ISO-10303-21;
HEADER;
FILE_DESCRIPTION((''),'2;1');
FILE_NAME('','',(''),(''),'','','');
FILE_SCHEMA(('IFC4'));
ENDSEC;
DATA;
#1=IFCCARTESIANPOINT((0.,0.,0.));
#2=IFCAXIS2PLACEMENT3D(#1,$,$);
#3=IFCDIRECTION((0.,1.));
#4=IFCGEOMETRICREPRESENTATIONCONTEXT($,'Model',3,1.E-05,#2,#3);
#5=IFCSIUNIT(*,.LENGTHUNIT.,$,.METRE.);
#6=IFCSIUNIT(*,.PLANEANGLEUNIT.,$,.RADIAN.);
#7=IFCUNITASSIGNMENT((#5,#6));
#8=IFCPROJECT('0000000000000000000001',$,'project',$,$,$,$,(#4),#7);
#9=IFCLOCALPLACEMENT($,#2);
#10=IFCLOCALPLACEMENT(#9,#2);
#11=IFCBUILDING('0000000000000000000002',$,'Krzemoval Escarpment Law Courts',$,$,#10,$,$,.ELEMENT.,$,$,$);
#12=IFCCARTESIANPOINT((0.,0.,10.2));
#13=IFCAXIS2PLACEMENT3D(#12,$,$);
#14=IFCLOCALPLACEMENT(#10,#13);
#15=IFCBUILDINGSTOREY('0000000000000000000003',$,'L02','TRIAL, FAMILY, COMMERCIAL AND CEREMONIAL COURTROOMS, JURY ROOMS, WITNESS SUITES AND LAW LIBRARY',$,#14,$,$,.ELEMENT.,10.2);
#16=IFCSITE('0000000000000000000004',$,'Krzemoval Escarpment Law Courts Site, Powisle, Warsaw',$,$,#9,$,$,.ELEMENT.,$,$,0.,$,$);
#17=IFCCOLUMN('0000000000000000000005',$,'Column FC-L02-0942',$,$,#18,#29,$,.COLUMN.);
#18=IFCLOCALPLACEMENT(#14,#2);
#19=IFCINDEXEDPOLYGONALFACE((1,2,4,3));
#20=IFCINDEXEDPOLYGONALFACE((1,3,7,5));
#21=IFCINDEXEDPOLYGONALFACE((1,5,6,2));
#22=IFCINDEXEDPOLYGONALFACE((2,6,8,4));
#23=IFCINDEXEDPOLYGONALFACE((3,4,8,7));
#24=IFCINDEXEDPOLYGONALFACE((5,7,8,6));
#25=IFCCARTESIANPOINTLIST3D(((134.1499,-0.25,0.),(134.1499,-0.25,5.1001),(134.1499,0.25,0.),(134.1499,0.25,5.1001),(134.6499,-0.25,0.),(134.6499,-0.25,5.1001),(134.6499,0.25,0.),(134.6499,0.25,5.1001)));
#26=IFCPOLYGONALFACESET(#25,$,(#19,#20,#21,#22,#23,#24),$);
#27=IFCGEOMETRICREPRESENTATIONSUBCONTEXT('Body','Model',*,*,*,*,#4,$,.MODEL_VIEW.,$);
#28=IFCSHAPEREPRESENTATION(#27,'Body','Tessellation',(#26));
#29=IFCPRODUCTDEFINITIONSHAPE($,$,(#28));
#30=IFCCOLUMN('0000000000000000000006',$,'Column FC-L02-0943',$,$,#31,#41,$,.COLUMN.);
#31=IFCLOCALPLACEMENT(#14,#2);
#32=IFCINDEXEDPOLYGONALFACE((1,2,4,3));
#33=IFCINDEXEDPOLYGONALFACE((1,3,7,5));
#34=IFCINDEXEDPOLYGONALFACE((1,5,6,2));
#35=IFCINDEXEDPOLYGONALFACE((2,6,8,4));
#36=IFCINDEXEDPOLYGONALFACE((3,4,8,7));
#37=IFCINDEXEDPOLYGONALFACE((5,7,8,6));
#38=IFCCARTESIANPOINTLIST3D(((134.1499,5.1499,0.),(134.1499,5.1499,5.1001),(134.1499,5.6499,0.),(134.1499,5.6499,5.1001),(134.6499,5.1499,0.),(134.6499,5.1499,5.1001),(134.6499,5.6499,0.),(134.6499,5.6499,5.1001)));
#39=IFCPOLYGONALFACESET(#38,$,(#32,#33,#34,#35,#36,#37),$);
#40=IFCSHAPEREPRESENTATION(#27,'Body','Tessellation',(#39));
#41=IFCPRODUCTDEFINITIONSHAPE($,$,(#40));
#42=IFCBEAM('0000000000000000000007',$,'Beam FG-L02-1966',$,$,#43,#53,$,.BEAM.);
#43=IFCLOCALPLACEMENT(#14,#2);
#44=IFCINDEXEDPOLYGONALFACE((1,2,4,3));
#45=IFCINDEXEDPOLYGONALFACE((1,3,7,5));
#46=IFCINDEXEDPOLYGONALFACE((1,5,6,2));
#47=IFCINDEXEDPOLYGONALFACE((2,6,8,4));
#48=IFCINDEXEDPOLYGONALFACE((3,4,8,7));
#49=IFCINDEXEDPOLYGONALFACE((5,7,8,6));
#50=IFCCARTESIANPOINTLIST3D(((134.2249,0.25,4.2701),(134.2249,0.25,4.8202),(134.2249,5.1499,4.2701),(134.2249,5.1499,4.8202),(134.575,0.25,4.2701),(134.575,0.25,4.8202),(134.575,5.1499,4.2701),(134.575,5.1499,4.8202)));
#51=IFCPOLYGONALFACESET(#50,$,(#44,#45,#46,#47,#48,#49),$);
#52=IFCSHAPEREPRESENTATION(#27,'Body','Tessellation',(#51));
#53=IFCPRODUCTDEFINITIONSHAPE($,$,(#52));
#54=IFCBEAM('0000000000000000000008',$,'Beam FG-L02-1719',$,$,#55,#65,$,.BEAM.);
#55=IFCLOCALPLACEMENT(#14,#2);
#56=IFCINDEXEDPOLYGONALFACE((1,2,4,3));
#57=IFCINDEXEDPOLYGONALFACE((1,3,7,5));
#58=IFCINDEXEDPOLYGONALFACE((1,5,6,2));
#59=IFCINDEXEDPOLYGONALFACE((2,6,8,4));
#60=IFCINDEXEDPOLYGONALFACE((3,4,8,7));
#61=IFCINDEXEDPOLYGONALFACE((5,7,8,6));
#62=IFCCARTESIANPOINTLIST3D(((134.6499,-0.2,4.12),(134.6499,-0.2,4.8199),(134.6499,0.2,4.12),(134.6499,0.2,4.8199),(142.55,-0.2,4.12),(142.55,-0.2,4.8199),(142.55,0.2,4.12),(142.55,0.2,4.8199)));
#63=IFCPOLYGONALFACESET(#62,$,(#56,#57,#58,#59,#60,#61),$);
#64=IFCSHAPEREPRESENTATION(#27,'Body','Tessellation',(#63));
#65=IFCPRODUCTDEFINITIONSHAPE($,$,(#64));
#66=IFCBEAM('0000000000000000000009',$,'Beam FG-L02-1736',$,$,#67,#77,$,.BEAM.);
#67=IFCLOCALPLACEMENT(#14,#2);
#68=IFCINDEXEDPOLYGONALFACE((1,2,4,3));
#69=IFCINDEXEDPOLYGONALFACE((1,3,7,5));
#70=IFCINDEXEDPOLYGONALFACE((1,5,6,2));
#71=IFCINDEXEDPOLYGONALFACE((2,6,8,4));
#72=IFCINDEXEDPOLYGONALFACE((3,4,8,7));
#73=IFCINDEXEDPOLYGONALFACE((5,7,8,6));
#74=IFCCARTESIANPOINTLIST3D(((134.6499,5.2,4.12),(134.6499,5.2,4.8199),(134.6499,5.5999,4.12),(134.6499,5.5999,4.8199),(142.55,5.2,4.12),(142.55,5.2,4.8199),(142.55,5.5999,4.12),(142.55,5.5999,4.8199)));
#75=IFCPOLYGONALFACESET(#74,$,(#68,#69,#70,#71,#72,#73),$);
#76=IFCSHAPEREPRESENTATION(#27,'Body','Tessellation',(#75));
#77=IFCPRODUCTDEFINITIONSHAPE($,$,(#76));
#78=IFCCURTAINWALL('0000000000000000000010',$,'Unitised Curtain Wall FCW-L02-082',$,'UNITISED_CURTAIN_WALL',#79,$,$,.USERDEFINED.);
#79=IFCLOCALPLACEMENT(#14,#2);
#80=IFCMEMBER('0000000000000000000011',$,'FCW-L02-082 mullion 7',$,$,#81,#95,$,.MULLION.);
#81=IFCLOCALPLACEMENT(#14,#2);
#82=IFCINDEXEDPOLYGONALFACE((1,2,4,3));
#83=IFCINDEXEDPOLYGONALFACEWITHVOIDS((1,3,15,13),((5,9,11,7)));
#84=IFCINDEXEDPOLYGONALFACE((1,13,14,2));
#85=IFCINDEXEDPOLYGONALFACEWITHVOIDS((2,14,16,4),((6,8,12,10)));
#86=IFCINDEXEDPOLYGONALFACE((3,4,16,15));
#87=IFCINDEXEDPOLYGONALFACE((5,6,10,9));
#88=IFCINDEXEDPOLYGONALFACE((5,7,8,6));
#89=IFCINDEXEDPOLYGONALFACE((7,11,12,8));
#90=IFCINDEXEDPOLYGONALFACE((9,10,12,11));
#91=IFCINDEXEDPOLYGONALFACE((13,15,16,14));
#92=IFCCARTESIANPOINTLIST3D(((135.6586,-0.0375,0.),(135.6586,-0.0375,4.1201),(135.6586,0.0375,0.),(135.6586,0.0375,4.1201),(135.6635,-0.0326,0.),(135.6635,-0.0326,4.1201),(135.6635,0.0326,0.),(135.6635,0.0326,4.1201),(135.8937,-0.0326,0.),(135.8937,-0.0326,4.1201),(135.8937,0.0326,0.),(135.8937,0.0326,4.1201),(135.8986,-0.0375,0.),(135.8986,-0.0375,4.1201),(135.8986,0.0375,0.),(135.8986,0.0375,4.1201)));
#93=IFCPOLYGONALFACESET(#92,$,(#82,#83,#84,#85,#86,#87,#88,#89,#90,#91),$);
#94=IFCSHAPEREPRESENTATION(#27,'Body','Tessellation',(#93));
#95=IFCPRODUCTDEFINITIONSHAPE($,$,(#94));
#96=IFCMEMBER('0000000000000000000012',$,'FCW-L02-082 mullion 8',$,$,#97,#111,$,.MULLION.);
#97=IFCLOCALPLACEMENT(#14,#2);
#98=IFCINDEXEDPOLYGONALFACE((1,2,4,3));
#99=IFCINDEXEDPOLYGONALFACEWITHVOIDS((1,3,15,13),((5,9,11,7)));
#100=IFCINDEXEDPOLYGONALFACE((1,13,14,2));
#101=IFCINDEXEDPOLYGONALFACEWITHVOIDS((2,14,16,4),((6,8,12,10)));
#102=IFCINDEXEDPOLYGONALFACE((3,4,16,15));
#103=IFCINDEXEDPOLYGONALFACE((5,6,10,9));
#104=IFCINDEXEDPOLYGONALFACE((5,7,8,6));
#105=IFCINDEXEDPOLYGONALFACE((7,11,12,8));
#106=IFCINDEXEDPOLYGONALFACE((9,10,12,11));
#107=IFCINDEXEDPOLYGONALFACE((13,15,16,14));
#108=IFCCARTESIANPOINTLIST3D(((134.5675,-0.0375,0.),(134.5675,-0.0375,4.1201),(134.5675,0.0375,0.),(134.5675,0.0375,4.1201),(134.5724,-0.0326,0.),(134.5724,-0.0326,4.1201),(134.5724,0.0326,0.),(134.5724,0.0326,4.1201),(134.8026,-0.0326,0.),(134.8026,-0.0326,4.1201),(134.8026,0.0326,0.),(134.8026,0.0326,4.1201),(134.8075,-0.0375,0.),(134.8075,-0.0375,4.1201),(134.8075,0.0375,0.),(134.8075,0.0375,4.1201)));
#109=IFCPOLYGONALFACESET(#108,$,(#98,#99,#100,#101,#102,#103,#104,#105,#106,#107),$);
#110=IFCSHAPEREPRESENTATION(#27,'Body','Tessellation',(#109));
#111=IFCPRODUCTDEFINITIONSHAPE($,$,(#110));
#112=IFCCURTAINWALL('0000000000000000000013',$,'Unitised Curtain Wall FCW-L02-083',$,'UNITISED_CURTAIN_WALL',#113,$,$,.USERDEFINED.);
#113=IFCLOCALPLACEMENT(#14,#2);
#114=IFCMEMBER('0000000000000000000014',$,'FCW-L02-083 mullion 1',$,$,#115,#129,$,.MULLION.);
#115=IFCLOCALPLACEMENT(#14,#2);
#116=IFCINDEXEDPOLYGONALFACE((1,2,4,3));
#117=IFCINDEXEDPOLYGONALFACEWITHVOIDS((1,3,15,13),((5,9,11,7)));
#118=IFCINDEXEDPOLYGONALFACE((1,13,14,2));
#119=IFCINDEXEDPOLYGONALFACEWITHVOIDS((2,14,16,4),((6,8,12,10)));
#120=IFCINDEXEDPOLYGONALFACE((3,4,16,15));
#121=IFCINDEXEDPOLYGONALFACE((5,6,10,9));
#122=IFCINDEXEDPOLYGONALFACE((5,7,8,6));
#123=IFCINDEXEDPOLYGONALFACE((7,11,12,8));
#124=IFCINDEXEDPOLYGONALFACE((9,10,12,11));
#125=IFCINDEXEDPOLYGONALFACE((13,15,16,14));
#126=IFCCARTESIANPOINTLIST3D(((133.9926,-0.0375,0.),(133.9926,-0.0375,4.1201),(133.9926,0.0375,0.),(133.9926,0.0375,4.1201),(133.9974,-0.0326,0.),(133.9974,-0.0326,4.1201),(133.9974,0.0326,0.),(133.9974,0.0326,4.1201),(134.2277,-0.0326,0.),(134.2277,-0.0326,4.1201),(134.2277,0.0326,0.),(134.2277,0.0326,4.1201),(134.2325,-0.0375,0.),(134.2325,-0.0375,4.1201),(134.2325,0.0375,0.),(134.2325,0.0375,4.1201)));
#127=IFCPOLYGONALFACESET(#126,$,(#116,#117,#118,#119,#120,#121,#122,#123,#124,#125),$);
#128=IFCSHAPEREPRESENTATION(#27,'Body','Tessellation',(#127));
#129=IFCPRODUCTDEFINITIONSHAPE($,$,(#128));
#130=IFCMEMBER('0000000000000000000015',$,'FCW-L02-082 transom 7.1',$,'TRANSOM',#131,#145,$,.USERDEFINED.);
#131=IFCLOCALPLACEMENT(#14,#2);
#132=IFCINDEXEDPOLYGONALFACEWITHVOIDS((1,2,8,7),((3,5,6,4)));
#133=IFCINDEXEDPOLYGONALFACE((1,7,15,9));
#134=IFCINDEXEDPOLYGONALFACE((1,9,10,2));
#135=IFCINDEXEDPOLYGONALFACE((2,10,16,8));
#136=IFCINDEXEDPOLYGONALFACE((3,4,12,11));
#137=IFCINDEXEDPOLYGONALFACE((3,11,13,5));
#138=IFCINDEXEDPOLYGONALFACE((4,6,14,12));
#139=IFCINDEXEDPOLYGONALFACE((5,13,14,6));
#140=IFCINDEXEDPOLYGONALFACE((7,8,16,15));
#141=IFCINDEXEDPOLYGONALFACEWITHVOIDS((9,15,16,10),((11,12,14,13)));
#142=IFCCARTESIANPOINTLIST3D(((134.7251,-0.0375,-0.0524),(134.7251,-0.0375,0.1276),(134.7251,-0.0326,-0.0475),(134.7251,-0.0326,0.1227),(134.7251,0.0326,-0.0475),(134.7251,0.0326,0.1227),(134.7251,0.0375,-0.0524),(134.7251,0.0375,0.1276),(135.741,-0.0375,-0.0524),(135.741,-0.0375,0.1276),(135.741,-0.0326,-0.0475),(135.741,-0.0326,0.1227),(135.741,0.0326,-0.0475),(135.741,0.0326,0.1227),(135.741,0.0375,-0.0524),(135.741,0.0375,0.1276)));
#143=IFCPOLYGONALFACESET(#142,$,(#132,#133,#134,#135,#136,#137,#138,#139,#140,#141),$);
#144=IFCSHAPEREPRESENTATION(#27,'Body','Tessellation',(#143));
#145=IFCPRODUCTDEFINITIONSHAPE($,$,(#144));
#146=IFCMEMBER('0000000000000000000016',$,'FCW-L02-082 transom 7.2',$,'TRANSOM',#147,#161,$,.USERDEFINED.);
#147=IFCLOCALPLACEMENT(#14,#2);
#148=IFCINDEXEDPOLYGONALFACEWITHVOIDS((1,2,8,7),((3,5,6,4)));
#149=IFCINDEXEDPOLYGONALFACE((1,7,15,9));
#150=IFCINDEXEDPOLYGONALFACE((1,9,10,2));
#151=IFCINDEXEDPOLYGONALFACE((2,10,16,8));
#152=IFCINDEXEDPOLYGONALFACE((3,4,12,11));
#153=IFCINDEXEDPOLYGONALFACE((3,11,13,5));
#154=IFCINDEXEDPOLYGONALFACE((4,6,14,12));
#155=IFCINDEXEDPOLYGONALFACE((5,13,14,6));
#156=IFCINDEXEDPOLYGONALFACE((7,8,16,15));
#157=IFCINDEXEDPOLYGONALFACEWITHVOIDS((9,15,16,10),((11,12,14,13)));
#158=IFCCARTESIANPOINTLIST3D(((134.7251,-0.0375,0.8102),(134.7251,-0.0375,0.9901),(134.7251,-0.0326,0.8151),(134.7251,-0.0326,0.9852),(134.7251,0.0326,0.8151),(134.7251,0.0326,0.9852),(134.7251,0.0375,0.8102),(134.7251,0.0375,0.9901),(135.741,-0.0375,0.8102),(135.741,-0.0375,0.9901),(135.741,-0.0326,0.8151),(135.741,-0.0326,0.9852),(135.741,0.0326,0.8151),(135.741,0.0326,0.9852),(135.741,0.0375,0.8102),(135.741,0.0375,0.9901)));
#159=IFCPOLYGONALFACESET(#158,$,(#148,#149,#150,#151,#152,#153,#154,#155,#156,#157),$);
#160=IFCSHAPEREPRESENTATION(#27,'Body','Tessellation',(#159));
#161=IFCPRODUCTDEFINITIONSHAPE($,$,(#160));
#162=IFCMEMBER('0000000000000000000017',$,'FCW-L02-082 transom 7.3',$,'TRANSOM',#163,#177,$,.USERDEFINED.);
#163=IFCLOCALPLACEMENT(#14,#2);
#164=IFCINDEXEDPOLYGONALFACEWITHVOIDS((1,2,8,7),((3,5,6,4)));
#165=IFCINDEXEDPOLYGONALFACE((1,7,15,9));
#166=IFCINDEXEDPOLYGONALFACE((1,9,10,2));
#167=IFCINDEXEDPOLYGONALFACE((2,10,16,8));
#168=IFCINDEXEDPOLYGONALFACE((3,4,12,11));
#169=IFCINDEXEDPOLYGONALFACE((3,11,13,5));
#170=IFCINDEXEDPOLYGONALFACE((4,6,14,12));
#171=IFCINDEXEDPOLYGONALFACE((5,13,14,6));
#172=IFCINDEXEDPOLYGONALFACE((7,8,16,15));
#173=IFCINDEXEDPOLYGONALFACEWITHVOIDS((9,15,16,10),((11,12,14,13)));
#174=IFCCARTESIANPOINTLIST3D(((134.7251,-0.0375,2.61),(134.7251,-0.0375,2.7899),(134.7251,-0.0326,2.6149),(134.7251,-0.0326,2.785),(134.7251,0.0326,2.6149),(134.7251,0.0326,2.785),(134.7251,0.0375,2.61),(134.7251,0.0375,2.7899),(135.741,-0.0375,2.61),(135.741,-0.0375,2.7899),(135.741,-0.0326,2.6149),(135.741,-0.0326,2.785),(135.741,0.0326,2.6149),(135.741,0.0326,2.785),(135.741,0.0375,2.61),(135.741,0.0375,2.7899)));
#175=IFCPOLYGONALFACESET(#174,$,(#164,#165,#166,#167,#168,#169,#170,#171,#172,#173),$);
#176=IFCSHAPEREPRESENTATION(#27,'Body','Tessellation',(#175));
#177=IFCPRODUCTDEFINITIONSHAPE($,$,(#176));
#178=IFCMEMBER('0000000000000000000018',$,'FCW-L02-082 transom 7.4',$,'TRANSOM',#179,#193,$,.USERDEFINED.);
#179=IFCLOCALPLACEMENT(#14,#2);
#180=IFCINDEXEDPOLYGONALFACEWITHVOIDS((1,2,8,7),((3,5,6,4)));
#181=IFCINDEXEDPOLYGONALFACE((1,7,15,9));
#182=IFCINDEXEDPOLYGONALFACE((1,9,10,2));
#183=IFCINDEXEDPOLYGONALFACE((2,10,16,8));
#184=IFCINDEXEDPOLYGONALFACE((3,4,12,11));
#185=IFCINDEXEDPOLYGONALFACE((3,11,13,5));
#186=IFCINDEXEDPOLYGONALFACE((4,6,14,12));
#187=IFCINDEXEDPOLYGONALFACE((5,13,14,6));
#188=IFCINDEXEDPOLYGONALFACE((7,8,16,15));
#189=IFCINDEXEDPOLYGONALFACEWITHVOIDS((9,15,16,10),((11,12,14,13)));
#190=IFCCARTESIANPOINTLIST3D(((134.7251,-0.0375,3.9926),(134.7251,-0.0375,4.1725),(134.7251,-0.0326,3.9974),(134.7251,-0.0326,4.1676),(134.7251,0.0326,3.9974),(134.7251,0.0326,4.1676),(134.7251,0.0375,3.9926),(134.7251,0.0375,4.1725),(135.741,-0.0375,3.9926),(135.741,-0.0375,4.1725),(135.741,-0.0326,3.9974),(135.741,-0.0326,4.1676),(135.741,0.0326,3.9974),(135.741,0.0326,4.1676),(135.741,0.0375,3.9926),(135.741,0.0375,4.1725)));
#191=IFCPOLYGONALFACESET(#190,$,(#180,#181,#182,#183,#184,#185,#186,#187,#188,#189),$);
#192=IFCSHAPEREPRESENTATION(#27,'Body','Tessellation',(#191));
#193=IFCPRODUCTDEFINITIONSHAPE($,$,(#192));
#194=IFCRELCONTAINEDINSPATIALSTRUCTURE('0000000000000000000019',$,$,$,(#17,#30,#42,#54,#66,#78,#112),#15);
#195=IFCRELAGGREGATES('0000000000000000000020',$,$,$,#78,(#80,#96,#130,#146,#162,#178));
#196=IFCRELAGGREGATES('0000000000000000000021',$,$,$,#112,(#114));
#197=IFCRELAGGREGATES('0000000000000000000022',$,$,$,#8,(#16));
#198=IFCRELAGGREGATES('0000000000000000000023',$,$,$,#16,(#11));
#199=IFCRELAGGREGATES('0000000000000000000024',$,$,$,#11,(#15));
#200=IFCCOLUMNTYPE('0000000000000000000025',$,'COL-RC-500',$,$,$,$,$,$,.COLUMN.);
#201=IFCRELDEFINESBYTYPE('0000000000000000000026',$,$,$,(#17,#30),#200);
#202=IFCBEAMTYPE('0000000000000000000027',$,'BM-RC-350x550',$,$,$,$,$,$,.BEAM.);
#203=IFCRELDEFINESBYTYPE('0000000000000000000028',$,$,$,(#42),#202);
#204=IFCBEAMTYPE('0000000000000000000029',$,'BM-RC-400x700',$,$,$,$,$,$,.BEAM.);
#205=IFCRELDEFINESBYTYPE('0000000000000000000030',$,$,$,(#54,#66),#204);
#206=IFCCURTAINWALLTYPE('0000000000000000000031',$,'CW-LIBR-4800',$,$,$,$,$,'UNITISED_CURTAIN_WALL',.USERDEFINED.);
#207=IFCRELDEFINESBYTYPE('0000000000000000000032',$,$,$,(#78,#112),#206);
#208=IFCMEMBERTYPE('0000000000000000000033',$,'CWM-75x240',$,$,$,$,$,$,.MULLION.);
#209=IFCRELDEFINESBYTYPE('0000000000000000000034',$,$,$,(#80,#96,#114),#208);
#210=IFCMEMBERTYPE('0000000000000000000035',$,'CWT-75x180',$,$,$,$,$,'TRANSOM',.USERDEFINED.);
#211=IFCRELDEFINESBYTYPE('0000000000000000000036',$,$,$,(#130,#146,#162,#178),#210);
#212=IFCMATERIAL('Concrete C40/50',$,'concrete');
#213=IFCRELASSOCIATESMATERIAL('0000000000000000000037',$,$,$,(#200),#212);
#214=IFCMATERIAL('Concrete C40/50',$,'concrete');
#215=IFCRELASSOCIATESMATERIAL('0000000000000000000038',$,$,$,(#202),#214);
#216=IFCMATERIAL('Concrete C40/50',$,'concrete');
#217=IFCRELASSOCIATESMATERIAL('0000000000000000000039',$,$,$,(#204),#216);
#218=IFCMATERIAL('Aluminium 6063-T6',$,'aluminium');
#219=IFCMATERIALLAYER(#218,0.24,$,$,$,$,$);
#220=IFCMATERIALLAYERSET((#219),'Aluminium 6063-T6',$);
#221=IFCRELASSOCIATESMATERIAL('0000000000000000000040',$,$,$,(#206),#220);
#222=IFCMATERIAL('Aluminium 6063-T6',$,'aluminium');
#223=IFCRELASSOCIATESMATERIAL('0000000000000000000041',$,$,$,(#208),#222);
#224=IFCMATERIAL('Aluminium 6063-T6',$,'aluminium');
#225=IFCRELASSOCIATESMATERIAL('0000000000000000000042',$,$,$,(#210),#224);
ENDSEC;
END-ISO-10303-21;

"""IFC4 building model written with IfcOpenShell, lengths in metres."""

from ifc_helpers import new_model, si_unit, direction, frame, origin, origin_2d, place, context, subcontext, project, spatial, rectangle, hollow_rectangle, extrude, material, layer, layer_set, material_profile, profile_set, type_object, element, aggregate, save


model = new_model("IFC4")

# Units and contexts
model_context = context("Model", 3, precision=1e-05, world=origin(), true_north=direction((0.0, 1.0)))
body_context = subcontext(model_context, "Body", "Model", "MODEL_VIEW")
ifc_project = project(units=[si_unit("LENGTHUNIT", "METRE"), si_unit("PLANEANGLEUNIT", "RADIAN")], contexts=[model_context])

# Site, building, storey
site_placement = place(None, origin())
site = spatial("IfcSite", under=ifc_project, at=site_placement, Name="Krzemoval Escarpment Law Courts Site, Powisle, Warsaw", CompositionType="ELEMENT", RefElevation=0.0)
building_placement = place(site_placement, origin())
building = spatial("IfcBuilding", under=site, at=building_placement, Name="Krzemoval Escarpment Law Courts", CompositionType="ELEMENT")
storey_placement = place(building_placement, frame((0.0, 0.0, 10.2)))
storey = spatial("IfcBuildingStorey", under=building, at=storey_placement, Name="L02", Description="TRIAL, FAMILY, COMMERCIAL AND CEREMONIAL COURTROOMS, JURY ROOMS, WITNESS SUITES AND LAW LIBRARY", CompositionType="ELEMENT", Elevation=10.2)

# Columns
ifc_material_1 = material(Name="Concrete C40/50", Category="concrete")
ifc_material_profile_1 = material_profile(ifc_material_1, rectangle(XDim=0.5, YDim=0.5, at=origin_2d()), Name="RC 500x500")
ifc_profile_set_1 = profile_set([ifc_material_profile_1], Name="Concrete C40/50")
column_type = type_object("IfcColumnType", Name="COL-RC-500", PredefinedType="COLUMN", material=ifc_profile_set_1)
for number, where, z_axis, x_axis, name in (
    (1, (134.3999, 0.0, 0.0), (0.0, 0.0, 1.0), (1.0, 0.0, 0.0), "Column FC-L02-0942"),
    (2, (134.3999, 5.3999, 0.0), (0.0, 0.0, 1.0), (1.0, 0.0, 0.0), "Column FC-L02-0943"),
):
    element("IfcColumn", number, at=place(storey_placement, frame(where, z_axis=z_axis, x_axis=x_axis)), inside=storey, type_object=column_type, Name=name, PredefinedType="COLUMN", context=body_context, shape_type="SweptSolid", body=[
        extrude(rectangle(XDim=0.5, YDim=0.5, at=origin_2d()), origin(), (0.0, 0.0, 1.0), 5.1001),
    ])

# Beams
ifc_material_2 = material(Name="Concrete C40/50", Category="concrete")
ifc_material_profile_2 = material_profile(ifc_material_2, rectangle(XDim=0.3501, YDim=0.55, at=origin_2d()), Name="RCB 350x550")
ifc_profile_set_2 = profile_set([ifc_material_profile_2], Name="Concrete C40/50")
beam_type_1 = type_object("IfcBeamType", Name="BM-RC-350x550", PredefinedType="BEAM", material=ifc_profile_set_2)
beam_placement = place(storey_placement, frame((134.3999, 0.25, 4.5452), z_axis=(0.0, 1.0, 0.0), x_axis=(-1.0, 0.0, 0.0)))
element("IfcBeam", 3, at=beam_placement, inside=storey, type_object=beam_type_1, Name="Beam FG-L02-1966", PredefinedType="BEAM", context=body_context, shape_type="SweptSolid", body=[
    extrude(rectangle(XDim=0.3501, YDim=0.55, at=origin_2d()), origin(), (0.0, 0.0, 1.0), 4.8999),
])
ifc_material_3 = material(Name="Concrete C40/50", Category="concrete")
ifc_material_profile_3 = material_profile(ifc_material_3, rectangle(XDim=0.3999, YDim=0.7, at=origin_2d()), Name="RCB 400x700")
ifc_profile_set_3 = profile_set([ifc_material_profile_3], Name="Concrete C40/50")
beam_type_2 = type_object("IfcBeamType", Name="BM-RC-400x700", PredefinedType="BEAM", material=ifc_profile_set_3)
for number, where, z_axis, x_axis, name in (
    (4, (134.6499, 0.0, 4.47), (1.0, 0.0, 0.0), (0.0, 1.0, 0.0), "Beam FG-L02-1719"),
    (5, (134.6499, 5.3999, 4.47), (1.0, 0.0, 0.0), (0.0, 1.0, 0.0), "Beam FG-L02-1736"),
):
    element("IfcBeam", number, at=place(storey_placement, frame(where, z_axis=z_axis, x_axis=x_axis)), inside=storey, type_object=beam_type_2, Name=name, PredefinedType="BEAM", context=body_context, shape_type="SweptSolid", body=[
        extrude(rectangle(XDim=0.3999, YDim=0.7, at=origin_2d()), origin(), (0.0, 0.0, 1.0), 7.9001),
    ])

# Curtain wall, members
ifc_material_4 = material(Name="Aluminium 6063-T6", Category="aluminium")
ifc_layer_1 = layer(ifc_material_4, 0.24)
ifc_layer_set_1 = layer_set([ifc_layer_1], Name="Aluminium 6063-T6")
curtain_wall_type = type_object("IfcCurtainWallType", Name="CW-LIBR-4800", ElementType="UNITISED_CURTAIN_WALL", PredefinedType="USERDEFINED", material=ifc_layer_set_1)
curtain_wall_1_placement = place(storey_placement, origin())
curtain_wall_1 = element("IfcCurtainWall", 6, at=curtain_wall_1_placement, inside=storey, type_object=curtain_wall_type, Name="Unitised Curtain Wall FCW-L02-082", ObjectType="UNITISED_CURTAIN_WALL", PredefinedType="USERDEFINED")
ifc_material_5 = material(Name="Aluminium 6063-T6", Category="aluminium")
ifc_material_profile_4 = material_profile(ifc_material_5, hollow_rectangle(XDim=0.075, YDim=0.24, WallThickness=0.0049, at=origin_2d()), Name="ALU M75x240")
ifc_profile_set_4 = profile_set([ifc_material_profile_4], Name="Aluminium 6063-T6")
member_type_1 = type_object("IfcMemberType", Name="CWM-75x240", PredefinedType="MULLION", material=ifc_profile_set_4)
member_1_placement = place(storey_placement, frame((135.7786, 0.0, 0.0), z_axis=(0.0, 0.0, 1.0), x_axis=(0.0, -1.0, 0.0)))
member_1 = element("IfcMember", 7, at=member_1_placement, type_object=member_type_1, Name="FCW-L02-082 mullion 7", PredefinedType="MULLION", context=body_context, shape_type="SweptSolid", body=[
    extrude(hollow_rectangle(XDim=0.075, YDim=0.24, WallThickness=0.0049, at=origin_2d()), origin(), (0.0, 0.0, 1.0), 4.1201),
])
member_2_placement = place(storey_placement, frame((134.6875, 0.0, 0.0), z_axis=(0.0, 0.0, 1.0), x_axis=(0.0, -1.0, 0.0)))
member_2 = element("IfcMember", 8, at=member_2_placement, type_object=member_type_1, Name="FCW-L02-082 mullion 8", PredefinedType="MULLION", context=body_context, shape_type="SweptSolid", body=[
    extrude(hollow_rectangle(XDim=0.075, YDim=0.24, WallThickness=0.0049, at=origin_2d()), origin(), (0.0, 0.0, 1.0), 4.1201),
])

# Curtain wall, member
curtain_wall_2_placement = place(storey_placement, origin())
curtain_wall_2 = element("IfcCurtainWall", 9, at=curtain_wall_2_placement, inside=storey, type_object=curtain_wall_type, Name="Unitised Curtain Wall FCW-L02-083", ObjectType="UNITISED_CURTAIN_WALL", PredefinedType="USERDEFINED")
member_3_placement = place(storey_placement, frame((134.1125, 0.0, 0.0), z_axis=(0.0, 0.0, 1.0), x_axis=(0.0, -1.0, 0.0)))
member_3 = element("IfcMember", 10, at=member_3_placement, type_object=member_type_1, Name="FCW-L02-083 mullion 1", PredefinedType="MULLION", context=body_context, shape_type="SweptSolid", body=[
    extrude(hollow_rectangle(XDim=0.075, YDim=0.24, WallThickness=0.0049, at=origin_2d()), origin(), (0.0, 0.0, 1.0), 4.1201),
])

# Members
ifc_material_6 = material(Name="Aluminium 6063-T6", Category="aluminium")
ifc_material_profile_5 = material_profile(ifc_material_6, hollow_rectangle(XDim=0.075, YDim=0.1799, WallThickness=0.0049, at=origin_2d()), Name="ALU T75x180")
ifc_profile_set_5 = profile_set([ifc_material_profile_5], Name="Aluminium 6063-T6")
member_type_2 = type_object("IfcMemberType", Name="CWT-75x180", ElementType="TRANSOM", PredefinedType="USERDEFINED", material=ifc_profile_set_5)
member_4_placement = place(storey_placement, frame((135.741, 0.0, 0.0376), z_axis=(-1.0, 0.0, 0.0), x_axis=(0.0, -1.0, 0.0)))
member_4 = element("IfcMember", 11, at=member_4_placement, type_object=member_type_2, Name="FCW-L02-082 transom 7.1", ObjectType="TRANSOM", PredefinedType="USERDEFINED", context=body_context, shape_type="SweptSolid", body=[
    extrude(hollow_rectangle(XDim=0.075, YDim=0.1799, WallThickness=0.0049, at=origin_2d()), origin(), (0.0, 0.0, 1.0), 1.0159),
])
member_5_placement = place(storey_placement, frame((135.741, 0.0, 0.9001), z_axis=(-1.0, 0.0, 0.0), x_axis=(0.0, -1.0, 0.0)))
member_5 = element("IfcMember", 12, at=member_5_placement, type_object=member_type_2, Name="FCW-L02-082 transom 7.2", ObjectType="TRANSOM", PredefinedType="USERDEFINED", context=body_context, shape_type="SweptSolid", body=[
    extrude(hollow_rectangle(XDim=0.075, YDim=0.1799, WallThickness=0.0049, at=origin_2d()), origin(), (0.0, 0.0, 1.0), 1.0159),
])
member_6_placement = place(storey_placement, frame((135.741, 0.0, 2.7), z_axis=(-1.0, 0.0, 0.0), x_axis=(0.0, -1.0, 0.0)))
member_6 = element("IfcMember", 13, at=member_6_placement, type_object=member_type_2, Name="FCW-L02-082 transom 7.3", ObjectType="TRANSOM", PredefinedType="USERDEFINED", context=body_context, shape_type="SweptSolid", body=[
    extrude(hollow_rectangle(XDim=0.075, YDim=0.1799, WallThickness=0.0049, at=origin_2d()), origin(), (0.0, 0.0, 1.0), 1.0159),
])
member_7_placement = place(storey_placement, frame((135.741, 0.0, 4.0825), z_axis=(-1.0, 0.0, 0.0), x_axis=(0.0, -1.0, 0.0)))
member_7 = element("IfcMember", 14, at=member_7_placement, type_object=member_type_2, Name="FCW-L02-082 transom 7.4", ObjectType="TRANSOM", PredefinedType="USERDEFINED", context=body_context, shape_type="SweptSolid", body=[
    extrude(hollow_rectangle(XDim=0.075, YDim=0.1799, WallThickness=0.0049, at=origin_2d()), origin(), (0.0, 0.0, 1.0), 1.0159),
])

aggregate(curtain_wall_1, [member_1, member_2, member_4, member_5, member_6, member_7])
aggregate(curtain_wall_2, [member_3])

save(model, "model.ifc")
